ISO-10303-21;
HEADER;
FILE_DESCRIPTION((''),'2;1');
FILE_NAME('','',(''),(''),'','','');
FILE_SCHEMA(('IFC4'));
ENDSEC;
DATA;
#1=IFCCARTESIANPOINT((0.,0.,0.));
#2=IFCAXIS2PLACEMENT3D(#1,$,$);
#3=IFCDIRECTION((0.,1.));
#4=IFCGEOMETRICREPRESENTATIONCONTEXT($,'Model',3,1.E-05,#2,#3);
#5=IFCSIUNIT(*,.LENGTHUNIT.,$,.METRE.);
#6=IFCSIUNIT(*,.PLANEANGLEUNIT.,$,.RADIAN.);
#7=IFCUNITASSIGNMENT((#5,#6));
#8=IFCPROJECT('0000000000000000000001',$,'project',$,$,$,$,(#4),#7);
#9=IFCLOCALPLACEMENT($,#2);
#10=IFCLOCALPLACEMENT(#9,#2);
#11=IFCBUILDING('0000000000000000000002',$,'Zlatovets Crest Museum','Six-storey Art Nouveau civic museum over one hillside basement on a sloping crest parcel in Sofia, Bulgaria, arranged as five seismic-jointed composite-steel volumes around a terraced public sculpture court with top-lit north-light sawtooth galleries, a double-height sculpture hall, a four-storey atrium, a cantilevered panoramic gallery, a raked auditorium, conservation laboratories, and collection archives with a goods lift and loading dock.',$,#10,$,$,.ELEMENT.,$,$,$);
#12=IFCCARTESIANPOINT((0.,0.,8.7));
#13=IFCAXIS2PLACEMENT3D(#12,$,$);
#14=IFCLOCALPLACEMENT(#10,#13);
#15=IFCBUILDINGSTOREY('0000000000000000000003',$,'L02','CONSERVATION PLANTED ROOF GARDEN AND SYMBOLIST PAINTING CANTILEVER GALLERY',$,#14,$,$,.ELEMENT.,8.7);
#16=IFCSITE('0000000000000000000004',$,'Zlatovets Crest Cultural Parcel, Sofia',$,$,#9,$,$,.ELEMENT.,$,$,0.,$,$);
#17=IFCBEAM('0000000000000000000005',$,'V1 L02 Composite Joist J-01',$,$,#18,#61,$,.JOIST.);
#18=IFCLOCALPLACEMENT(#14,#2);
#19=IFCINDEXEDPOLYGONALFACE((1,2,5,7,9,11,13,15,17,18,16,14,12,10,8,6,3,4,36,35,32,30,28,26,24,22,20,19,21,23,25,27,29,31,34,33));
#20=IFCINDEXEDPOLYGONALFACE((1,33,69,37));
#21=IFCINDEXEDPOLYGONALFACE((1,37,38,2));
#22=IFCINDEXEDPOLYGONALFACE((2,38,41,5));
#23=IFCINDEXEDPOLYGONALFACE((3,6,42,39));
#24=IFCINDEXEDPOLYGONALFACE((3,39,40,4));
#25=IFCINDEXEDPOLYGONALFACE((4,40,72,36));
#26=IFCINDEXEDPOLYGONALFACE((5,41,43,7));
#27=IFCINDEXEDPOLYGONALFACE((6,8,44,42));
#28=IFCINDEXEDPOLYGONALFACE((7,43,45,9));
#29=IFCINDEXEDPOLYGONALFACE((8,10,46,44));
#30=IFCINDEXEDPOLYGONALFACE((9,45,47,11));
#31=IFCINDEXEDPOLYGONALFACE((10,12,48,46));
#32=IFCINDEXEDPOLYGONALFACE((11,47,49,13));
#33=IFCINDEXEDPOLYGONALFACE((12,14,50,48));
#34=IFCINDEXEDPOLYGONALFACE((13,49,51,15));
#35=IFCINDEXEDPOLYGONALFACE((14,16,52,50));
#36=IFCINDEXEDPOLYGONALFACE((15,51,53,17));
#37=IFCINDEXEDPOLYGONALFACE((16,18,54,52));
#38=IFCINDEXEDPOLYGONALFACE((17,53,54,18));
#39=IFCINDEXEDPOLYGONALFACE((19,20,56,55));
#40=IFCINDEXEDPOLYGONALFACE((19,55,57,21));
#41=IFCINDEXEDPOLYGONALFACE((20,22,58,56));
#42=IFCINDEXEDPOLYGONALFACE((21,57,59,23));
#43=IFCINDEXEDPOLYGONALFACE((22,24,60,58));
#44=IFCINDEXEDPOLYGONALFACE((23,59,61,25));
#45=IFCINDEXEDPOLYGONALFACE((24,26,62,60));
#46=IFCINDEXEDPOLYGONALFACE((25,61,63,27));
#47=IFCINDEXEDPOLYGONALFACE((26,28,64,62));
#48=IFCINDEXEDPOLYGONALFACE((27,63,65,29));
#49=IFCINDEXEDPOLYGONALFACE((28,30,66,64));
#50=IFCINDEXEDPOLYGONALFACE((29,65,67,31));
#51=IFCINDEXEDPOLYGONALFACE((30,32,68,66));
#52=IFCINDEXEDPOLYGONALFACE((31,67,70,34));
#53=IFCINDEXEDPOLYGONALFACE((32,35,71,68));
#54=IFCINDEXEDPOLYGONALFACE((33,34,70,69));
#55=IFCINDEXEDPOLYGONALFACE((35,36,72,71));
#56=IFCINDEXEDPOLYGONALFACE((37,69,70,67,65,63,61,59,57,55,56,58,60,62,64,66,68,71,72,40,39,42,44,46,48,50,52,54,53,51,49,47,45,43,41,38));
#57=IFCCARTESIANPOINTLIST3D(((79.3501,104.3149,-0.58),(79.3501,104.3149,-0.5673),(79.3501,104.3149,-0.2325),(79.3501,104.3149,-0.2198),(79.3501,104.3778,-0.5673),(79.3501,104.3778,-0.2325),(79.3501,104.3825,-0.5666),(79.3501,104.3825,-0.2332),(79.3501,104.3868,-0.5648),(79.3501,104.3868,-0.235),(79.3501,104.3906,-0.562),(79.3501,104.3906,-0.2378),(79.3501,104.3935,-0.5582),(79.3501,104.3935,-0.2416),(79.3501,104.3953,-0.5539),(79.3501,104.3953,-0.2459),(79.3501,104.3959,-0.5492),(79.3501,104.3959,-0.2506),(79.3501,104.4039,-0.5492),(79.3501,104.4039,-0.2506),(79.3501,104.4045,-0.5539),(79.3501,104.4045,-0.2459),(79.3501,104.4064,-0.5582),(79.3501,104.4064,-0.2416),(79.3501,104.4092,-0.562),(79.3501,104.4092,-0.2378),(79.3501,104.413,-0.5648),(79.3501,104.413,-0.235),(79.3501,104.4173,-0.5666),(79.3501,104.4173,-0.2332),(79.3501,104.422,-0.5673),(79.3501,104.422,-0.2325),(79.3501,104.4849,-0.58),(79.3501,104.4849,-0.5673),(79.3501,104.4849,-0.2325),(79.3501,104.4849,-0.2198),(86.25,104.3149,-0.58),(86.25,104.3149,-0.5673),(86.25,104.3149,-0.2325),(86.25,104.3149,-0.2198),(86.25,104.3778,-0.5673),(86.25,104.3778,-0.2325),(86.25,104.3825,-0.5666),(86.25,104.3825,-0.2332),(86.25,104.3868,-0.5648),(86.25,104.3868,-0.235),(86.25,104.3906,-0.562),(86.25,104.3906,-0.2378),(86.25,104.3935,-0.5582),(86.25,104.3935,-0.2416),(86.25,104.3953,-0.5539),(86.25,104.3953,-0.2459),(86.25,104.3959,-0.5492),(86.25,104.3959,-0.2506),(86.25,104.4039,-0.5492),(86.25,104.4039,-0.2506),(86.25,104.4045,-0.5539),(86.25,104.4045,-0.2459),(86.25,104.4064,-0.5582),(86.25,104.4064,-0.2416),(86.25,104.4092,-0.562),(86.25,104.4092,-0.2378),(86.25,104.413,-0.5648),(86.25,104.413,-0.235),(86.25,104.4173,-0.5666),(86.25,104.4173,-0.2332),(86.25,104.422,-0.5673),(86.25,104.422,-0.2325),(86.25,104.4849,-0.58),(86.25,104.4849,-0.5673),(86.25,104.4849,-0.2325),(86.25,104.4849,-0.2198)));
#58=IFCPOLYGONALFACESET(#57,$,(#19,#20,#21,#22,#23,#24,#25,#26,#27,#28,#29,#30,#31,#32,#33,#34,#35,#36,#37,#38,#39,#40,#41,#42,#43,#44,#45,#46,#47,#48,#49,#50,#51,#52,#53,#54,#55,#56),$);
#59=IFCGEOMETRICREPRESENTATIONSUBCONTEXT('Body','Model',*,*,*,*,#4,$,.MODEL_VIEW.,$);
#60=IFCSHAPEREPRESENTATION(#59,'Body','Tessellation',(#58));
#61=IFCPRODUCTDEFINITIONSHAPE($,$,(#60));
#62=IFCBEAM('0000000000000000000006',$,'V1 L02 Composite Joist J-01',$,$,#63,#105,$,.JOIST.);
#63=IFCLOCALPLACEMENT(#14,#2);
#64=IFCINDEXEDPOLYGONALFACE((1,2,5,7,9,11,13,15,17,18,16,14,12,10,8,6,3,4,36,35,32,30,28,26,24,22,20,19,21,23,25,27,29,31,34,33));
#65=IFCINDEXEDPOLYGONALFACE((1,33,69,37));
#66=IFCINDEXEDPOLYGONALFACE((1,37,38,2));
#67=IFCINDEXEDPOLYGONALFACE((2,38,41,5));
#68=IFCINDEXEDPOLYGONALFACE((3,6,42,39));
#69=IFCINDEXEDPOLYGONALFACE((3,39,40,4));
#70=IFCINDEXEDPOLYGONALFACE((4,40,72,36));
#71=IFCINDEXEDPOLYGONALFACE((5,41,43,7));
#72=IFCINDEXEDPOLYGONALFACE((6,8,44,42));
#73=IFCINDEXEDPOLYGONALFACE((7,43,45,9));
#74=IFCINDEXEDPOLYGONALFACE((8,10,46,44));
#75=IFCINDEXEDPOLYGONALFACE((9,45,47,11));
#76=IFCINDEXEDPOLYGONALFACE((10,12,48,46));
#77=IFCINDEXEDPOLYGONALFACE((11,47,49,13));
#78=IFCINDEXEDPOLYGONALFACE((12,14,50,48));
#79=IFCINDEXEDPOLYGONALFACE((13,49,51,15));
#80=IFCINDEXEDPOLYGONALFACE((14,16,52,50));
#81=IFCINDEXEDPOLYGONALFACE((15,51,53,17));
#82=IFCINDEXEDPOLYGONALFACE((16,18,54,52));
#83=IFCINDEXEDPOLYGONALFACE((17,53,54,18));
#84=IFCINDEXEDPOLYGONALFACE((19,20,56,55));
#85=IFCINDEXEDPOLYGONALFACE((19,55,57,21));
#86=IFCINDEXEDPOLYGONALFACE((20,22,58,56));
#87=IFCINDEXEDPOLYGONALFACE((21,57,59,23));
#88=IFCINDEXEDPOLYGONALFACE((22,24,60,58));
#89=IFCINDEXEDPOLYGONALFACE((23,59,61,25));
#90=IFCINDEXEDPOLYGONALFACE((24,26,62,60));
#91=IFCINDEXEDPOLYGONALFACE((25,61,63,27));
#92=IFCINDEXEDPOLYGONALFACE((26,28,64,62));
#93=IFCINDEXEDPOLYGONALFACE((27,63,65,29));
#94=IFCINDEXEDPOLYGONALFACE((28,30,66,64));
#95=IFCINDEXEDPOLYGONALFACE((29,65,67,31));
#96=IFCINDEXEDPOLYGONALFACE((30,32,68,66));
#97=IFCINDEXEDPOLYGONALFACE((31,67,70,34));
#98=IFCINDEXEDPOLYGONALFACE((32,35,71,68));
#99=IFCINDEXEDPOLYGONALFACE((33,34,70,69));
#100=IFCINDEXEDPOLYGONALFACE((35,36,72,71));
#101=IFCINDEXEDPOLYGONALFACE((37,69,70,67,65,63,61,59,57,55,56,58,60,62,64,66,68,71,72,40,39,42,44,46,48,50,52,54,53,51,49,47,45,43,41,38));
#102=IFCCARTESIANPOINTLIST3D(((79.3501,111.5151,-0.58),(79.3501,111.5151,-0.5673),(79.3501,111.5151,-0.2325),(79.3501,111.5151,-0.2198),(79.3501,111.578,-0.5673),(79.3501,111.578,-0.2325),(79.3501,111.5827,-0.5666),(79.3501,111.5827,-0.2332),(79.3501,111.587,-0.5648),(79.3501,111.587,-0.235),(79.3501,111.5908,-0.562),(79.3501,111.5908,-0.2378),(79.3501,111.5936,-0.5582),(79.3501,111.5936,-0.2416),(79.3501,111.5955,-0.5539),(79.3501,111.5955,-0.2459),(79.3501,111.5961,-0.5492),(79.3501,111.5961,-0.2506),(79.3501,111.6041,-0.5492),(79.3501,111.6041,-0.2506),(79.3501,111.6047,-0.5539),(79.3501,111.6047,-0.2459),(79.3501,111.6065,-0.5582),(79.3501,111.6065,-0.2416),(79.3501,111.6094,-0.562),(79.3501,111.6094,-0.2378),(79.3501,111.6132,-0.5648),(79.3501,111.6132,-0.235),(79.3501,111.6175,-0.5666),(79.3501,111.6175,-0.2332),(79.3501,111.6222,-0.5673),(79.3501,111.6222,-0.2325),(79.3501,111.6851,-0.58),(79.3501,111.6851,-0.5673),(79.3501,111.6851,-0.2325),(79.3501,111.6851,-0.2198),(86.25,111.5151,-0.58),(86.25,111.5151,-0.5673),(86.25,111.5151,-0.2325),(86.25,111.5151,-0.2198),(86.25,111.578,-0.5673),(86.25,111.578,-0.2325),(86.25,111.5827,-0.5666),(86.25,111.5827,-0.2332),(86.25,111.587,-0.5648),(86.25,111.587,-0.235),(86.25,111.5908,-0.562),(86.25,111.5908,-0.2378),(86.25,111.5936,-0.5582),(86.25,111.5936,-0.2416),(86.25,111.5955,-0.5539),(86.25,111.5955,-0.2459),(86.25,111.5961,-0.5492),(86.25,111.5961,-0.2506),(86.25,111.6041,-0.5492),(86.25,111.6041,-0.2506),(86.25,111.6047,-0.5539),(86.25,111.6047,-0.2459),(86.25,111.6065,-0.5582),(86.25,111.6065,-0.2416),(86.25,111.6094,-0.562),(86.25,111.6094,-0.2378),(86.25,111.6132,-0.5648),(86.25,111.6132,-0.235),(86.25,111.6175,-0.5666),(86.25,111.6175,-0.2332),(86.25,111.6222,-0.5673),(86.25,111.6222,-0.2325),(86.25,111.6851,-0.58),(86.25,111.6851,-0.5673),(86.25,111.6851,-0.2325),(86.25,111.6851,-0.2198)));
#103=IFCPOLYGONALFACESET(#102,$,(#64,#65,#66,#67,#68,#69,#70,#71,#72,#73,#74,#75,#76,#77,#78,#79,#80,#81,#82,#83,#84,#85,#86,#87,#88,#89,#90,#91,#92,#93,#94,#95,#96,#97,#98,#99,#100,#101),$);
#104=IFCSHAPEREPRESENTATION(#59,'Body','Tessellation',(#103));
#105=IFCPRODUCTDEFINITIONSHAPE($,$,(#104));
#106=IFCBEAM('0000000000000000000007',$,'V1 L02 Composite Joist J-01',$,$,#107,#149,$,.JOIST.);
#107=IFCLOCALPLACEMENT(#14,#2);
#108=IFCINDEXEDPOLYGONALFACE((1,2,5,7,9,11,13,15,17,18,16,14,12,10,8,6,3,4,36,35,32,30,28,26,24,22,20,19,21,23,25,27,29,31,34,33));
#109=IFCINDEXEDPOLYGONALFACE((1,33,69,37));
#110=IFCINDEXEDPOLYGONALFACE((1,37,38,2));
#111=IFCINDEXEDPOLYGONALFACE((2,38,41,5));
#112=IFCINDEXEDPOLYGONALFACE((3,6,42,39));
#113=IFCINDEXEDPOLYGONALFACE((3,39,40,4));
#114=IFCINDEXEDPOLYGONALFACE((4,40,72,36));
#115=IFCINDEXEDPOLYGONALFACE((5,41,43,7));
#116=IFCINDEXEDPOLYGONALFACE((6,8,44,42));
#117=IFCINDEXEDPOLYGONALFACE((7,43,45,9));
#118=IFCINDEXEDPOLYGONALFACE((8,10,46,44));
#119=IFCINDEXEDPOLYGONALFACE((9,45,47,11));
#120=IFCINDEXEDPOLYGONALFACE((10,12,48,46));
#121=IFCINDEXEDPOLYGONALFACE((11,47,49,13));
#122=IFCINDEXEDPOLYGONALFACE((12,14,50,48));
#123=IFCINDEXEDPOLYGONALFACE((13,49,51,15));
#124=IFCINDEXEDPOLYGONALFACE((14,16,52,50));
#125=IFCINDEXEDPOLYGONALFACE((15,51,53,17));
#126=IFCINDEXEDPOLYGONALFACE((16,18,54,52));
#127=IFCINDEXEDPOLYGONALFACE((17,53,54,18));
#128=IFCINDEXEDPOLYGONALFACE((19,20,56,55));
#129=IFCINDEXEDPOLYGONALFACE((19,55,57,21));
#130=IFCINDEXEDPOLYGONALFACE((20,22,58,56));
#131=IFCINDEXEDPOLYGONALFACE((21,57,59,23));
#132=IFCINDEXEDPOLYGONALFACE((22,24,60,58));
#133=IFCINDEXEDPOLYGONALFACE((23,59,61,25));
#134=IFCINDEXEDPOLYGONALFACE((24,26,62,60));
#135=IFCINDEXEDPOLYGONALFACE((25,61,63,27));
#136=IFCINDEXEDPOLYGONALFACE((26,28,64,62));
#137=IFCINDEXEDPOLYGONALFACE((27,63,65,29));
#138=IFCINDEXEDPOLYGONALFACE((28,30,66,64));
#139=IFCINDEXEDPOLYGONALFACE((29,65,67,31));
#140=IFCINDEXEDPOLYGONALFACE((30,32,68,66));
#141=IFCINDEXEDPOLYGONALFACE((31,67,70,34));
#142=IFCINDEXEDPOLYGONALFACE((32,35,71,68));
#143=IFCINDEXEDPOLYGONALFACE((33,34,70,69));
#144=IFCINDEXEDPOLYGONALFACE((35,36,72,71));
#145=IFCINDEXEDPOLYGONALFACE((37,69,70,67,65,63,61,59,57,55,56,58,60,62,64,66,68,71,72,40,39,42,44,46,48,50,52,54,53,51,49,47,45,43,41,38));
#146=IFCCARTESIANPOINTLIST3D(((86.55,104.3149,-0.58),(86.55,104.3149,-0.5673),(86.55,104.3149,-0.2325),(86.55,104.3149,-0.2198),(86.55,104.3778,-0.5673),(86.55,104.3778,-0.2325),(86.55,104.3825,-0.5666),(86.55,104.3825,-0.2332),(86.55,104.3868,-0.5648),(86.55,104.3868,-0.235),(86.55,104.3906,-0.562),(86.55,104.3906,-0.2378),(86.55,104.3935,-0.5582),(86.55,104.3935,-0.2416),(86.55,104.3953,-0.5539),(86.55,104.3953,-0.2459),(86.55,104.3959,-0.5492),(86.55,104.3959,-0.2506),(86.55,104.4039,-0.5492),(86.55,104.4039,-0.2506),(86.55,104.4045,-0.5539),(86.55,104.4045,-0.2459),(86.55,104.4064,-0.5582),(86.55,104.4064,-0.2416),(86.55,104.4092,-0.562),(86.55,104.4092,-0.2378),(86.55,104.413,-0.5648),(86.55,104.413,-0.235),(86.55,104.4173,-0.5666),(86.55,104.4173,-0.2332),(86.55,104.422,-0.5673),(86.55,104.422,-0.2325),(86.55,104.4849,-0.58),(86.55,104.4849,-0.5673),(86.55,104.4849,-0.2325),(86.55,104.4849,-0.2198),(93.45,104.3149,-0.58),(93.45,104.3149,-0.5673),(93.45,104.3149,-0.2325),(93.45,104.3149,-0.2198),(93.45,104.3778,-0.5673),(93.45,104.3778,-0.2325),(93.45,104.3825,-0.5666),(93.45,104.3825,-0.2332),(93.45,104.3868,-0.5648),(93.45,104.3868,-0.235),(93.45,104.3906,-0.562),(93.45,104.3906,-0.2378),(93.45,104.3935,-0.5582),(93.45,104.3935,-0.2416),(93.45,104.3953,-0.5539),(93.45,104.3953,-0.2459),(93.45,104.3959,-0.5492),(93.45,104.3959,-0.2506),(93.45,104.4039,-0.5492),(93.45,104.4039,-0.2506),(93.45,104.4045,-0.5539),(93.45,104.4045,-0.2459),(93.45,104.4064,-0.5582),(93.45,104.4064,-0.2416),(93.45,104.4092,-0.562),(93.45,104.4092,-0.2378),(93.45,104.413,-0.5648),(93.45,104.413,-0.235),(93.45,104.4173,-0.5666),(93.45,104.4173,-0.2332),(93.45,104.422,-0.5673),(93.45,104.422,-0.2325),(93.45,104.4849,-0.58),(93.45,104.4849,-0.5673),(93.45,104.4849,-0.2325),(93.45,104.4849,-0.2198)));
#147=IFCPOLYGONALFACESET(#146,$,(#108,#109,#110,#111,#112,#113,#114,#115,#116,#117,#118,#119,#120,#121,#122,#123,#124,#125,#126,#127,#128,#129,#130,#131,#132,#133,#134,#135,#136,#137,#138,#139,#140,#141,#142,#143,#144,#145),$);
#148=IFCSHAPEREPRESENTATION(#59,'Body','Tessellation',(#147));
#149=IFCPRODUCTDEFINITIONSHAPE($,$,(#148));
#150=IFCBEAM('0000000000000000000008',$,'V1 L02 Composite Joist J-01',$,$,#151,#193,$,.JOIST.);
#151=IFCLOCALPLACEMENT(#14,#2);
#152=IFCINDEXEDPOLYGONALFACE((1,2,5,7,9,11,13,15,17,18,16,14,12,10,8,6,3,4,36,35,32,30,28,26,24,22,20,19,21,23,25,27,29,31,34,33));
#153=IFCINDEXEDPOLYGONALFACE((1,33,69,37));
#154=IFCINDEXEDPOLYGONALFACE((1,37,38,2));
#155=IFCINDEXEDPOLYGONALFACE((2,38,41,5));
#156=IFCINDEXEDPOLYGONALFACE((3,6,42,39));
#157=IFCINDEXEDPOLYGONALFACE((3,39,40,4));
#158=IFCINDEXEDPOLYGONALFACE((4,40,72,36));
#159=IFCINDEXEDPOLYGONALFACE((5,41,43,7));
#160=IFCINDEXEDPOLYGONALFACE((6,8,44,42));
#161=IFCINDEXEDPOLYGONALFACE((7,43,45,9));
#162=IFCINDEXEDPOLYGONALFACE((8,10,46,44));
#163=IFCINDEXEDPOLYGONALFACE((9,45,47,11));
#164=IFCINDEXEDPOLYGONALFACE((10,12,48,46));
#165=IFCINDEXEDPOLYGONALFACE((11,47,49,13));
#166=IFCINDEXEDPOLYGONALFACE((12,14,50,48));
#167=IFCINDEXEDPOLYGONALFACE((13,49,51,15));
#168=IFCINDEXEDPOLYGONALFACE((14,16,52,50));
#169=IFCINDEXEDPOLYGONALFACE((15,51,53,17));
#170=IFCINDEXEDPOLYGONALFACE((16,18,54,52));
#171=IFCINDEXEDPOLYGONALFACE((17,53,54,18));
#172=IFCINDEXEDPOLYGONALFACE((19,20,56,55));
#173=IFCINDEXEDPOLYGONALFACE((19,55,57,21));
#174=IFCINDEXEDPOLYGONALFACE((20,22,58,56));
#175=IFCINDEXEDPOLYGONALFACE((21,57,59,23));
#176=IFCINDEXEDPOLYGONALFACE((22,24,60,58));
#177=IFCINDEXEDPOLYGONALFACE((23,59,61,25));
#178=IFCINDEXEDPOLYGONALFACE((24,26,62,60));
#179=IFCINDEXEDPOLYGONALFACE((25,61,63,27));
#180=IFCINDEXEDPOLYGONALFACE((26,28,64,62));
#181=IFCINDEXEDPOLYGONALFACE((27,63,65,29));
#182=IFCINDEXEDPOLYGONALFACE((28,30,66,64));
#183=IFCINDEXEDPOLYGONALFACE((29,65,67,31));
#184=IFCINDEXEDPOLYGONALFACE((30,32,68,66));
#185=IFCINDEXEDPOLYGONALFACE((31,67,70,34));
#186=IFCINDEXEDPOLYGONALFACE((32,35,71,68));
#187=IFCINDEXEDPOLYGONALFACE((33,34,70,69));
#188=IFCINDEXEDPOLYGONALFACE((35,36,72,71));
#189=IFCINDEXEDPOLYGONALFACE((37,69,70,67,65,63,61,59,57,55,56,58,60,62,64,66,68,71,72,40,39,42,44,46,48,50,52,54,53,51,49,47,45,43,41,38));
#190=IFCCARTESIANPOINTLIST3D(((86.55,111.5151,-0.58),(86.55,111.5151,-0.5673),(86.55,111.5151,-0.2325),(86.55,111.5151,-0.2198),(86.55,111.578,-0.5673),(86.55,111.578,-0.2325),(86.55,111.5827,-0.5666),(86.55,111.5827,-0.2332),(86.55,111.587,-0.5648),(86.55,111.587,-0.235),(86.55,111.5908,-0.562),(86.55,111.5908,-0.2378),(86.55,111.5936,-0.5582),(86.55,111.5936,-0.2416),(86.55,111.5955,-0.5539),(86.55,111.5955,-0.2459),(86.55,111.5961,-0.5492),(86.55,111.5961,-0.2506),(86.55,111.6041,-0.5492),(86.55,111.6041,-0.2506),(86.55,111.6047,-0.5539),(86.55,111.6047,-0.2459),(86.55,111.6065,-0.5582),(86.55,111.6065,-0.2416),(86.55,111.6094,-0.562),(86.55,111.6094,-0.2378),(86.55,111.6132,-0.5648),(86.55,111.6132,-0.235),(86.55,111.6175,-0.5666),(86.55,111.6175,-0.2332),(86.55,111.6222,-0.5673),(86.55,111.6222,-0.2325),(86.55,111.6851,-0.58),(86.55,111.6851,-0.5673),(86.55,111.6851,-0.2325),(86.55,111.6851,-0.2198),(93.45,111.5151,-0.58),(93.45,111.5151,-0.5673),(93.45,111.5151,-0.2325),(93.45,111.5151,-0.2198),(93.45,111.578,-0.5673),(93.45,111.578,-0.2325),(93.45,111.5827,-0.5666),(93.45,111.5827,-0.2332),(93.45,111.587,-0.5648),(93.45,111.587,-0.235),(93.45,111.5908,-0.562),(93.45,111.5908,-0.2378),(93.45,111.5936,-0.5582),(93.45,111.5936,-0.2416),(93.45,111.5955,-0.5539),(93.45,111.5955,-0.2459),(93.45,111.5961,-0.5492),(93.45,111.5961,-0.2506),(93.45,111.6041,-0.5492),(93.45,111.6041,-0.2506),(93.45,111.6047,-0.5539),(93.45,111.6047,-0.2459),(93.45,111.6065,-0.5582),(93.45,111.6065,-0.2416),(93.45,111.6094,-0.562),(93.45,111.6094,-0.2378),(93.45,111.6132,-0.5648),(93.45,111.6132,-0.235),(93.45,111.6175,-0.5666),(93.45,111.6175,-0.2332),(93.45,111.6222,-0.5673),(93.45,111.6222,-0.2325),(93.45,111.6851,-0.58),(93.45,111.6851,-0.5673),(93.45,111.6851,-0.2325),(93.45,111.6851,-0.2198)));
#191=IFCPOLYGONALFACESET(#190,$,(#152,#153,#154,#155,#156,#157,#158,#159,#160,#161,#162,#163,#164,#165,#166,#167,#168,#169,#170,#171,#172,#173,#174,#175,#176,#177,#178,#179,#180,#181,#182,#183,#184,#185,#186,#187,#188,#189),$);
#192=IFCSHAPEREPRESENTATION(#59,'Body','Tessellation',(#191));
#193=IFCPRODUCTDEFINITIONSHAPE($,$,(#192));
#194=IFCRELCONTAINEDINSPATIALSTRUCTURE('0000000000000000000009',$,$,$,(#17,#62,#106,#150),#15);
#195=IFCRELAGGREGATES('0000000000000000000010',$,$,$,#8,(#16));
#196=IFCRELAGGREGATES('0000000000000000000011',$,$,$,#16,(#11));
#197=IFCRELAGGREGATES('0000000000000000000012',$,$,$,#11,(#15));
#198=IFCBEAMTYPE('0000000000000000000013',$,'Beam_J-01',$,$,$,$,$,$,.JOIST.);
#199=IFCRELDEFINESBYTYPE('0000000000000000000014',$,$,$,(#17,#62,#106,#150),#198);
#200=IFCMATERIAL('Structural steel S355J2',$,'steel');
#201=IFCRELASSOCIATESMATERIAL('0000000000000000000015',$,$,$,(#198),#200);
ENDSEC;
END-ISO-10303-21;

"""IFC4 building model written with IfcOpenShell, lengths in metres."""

from ifc_helpers import new_model, si_unit, direction, frame, origin, origin_2d, place, context, subcontext, project, spatial, i_section, extrude, material, material_profile, profile_set, type_object, element, save


model = new_model("IFC4")

# Units and contexts
model_context = context("Model", 3, precision=1e-05, world=origin(), true_north=direction((0.0, 1.0)))
body_context = subcontext(model_context, "Body", "Model", "MODEL_VIEW")
ifc_project = project(units=[si_unit("LENGTHUNIT", "METRE"), si_unit("PLANEANGLEUNIT", "RADIAN")], contexts=[model_context])

# Site, building, storey
site_placement = place(None, origin())
site = spatial("IfcSite", under=ifc_project, at=site_placement, Name="Zlatovets Crest Cultural Parcel, Sofia", CompositionType="ELEMENT", RefElevation=0.0)
building_placement = place(site_placement, origin())
building = spatial("IfcBuilding", under=site, at=building_placement, Name="Zlatovets Crest Museum", Description="Six-storey Art Nouveau civic museum over one hillside basement on a sloping crest parcel in Sofia, Bulgaria, arranged as five seismic-jointed composite-steel volumes around a terraced public sculpture court with top-lit north-light sawtooth galleries, a double-height sculpture hall, a four-storey atrium, a cantilevered panoramic gallery, a raked auditorium, conservation laboratories, and collection archives with a goods lift and loading dock.", CompositionType="ELEMENT")
storey_placement = place(building_placement, frame((0.0, 0.0, 8.7)))
storey = spatial("IfcBuildingStorey", under=building, at=storey_placement, Name="L02", Description="CONSERVATION PLANTED ROOF GARDEN AND SYMBOLIST PAINTING CANTILEVER GALLERY", CompositionType="ELEMENT", Elevation=8.7)

# Shared definitions
ifc_material_1 = material(Name="Structural steel S355J2", Category="steel")

# Beams
ifc_material_profile_1 = material_profile(ifc_material_1, i_section(OverallWidth=0.1699, OverallDepth=0.3601, WebThickness=0.0081, FlangeThickness=0.0127, FilletRadius=0.0181, at=origin_2d()), Name="IPE 360")
ifc_profile_set_1 = profile_set([ifc_material_profile_1], Name="Structural steel S355J2")
beam_type_1 = type_object("IfcBeamType", Name="Beam_J-01", PredefinedType="JOIST", material=ifc_profile_set_1)
for number, where, z_axis, x_axis, name in (
    (1, (79.3501, 104.3999, -0.3999), (1.0, 0.0, 0.0), (0.0, 1.0, 0.0), "V1 L02 Composite Joist J-01"),
    (2, (79.3501, 111.6001, -0.3999), (1.0, 0.0, 0.0), (0.0, 1.0, 0.0), "V1 L02 Composite Joist J-01"),
    (3, (86.55, 104.3999, -0.3999), (1.0, 0.0, 0.0), (0.0, 1.0, 0.0), "V1 L02 Composite Joist J-01"),
    (4, (86.55, 111.6001, -0.3999), (1.0, 0.0, 0.0), (0.0, 1.0, 0.0), "V1 L02 Composite Joist J-01"),
):
    element("IfcBeam", number, at=place(storey_placement, frame(where, z_axis=z_axis, x_axis=x_axis)), inside=storey, type_object=beam_type_1, Name=name, PredefinedType="JOIST", context=body_context, shape_type="SweptSolid", body=[
        extrude(i_section(OverallWidth=0.1699, OverallDepth=0.3601, WebThickness=0.0081, FlangeThickness=0.0127, FilletRadius=0.0181, at=origin_2d()), origin(), (0.0, 0.0, 1.0), 6.8999),
    ])

save(model, "model.ifc")
